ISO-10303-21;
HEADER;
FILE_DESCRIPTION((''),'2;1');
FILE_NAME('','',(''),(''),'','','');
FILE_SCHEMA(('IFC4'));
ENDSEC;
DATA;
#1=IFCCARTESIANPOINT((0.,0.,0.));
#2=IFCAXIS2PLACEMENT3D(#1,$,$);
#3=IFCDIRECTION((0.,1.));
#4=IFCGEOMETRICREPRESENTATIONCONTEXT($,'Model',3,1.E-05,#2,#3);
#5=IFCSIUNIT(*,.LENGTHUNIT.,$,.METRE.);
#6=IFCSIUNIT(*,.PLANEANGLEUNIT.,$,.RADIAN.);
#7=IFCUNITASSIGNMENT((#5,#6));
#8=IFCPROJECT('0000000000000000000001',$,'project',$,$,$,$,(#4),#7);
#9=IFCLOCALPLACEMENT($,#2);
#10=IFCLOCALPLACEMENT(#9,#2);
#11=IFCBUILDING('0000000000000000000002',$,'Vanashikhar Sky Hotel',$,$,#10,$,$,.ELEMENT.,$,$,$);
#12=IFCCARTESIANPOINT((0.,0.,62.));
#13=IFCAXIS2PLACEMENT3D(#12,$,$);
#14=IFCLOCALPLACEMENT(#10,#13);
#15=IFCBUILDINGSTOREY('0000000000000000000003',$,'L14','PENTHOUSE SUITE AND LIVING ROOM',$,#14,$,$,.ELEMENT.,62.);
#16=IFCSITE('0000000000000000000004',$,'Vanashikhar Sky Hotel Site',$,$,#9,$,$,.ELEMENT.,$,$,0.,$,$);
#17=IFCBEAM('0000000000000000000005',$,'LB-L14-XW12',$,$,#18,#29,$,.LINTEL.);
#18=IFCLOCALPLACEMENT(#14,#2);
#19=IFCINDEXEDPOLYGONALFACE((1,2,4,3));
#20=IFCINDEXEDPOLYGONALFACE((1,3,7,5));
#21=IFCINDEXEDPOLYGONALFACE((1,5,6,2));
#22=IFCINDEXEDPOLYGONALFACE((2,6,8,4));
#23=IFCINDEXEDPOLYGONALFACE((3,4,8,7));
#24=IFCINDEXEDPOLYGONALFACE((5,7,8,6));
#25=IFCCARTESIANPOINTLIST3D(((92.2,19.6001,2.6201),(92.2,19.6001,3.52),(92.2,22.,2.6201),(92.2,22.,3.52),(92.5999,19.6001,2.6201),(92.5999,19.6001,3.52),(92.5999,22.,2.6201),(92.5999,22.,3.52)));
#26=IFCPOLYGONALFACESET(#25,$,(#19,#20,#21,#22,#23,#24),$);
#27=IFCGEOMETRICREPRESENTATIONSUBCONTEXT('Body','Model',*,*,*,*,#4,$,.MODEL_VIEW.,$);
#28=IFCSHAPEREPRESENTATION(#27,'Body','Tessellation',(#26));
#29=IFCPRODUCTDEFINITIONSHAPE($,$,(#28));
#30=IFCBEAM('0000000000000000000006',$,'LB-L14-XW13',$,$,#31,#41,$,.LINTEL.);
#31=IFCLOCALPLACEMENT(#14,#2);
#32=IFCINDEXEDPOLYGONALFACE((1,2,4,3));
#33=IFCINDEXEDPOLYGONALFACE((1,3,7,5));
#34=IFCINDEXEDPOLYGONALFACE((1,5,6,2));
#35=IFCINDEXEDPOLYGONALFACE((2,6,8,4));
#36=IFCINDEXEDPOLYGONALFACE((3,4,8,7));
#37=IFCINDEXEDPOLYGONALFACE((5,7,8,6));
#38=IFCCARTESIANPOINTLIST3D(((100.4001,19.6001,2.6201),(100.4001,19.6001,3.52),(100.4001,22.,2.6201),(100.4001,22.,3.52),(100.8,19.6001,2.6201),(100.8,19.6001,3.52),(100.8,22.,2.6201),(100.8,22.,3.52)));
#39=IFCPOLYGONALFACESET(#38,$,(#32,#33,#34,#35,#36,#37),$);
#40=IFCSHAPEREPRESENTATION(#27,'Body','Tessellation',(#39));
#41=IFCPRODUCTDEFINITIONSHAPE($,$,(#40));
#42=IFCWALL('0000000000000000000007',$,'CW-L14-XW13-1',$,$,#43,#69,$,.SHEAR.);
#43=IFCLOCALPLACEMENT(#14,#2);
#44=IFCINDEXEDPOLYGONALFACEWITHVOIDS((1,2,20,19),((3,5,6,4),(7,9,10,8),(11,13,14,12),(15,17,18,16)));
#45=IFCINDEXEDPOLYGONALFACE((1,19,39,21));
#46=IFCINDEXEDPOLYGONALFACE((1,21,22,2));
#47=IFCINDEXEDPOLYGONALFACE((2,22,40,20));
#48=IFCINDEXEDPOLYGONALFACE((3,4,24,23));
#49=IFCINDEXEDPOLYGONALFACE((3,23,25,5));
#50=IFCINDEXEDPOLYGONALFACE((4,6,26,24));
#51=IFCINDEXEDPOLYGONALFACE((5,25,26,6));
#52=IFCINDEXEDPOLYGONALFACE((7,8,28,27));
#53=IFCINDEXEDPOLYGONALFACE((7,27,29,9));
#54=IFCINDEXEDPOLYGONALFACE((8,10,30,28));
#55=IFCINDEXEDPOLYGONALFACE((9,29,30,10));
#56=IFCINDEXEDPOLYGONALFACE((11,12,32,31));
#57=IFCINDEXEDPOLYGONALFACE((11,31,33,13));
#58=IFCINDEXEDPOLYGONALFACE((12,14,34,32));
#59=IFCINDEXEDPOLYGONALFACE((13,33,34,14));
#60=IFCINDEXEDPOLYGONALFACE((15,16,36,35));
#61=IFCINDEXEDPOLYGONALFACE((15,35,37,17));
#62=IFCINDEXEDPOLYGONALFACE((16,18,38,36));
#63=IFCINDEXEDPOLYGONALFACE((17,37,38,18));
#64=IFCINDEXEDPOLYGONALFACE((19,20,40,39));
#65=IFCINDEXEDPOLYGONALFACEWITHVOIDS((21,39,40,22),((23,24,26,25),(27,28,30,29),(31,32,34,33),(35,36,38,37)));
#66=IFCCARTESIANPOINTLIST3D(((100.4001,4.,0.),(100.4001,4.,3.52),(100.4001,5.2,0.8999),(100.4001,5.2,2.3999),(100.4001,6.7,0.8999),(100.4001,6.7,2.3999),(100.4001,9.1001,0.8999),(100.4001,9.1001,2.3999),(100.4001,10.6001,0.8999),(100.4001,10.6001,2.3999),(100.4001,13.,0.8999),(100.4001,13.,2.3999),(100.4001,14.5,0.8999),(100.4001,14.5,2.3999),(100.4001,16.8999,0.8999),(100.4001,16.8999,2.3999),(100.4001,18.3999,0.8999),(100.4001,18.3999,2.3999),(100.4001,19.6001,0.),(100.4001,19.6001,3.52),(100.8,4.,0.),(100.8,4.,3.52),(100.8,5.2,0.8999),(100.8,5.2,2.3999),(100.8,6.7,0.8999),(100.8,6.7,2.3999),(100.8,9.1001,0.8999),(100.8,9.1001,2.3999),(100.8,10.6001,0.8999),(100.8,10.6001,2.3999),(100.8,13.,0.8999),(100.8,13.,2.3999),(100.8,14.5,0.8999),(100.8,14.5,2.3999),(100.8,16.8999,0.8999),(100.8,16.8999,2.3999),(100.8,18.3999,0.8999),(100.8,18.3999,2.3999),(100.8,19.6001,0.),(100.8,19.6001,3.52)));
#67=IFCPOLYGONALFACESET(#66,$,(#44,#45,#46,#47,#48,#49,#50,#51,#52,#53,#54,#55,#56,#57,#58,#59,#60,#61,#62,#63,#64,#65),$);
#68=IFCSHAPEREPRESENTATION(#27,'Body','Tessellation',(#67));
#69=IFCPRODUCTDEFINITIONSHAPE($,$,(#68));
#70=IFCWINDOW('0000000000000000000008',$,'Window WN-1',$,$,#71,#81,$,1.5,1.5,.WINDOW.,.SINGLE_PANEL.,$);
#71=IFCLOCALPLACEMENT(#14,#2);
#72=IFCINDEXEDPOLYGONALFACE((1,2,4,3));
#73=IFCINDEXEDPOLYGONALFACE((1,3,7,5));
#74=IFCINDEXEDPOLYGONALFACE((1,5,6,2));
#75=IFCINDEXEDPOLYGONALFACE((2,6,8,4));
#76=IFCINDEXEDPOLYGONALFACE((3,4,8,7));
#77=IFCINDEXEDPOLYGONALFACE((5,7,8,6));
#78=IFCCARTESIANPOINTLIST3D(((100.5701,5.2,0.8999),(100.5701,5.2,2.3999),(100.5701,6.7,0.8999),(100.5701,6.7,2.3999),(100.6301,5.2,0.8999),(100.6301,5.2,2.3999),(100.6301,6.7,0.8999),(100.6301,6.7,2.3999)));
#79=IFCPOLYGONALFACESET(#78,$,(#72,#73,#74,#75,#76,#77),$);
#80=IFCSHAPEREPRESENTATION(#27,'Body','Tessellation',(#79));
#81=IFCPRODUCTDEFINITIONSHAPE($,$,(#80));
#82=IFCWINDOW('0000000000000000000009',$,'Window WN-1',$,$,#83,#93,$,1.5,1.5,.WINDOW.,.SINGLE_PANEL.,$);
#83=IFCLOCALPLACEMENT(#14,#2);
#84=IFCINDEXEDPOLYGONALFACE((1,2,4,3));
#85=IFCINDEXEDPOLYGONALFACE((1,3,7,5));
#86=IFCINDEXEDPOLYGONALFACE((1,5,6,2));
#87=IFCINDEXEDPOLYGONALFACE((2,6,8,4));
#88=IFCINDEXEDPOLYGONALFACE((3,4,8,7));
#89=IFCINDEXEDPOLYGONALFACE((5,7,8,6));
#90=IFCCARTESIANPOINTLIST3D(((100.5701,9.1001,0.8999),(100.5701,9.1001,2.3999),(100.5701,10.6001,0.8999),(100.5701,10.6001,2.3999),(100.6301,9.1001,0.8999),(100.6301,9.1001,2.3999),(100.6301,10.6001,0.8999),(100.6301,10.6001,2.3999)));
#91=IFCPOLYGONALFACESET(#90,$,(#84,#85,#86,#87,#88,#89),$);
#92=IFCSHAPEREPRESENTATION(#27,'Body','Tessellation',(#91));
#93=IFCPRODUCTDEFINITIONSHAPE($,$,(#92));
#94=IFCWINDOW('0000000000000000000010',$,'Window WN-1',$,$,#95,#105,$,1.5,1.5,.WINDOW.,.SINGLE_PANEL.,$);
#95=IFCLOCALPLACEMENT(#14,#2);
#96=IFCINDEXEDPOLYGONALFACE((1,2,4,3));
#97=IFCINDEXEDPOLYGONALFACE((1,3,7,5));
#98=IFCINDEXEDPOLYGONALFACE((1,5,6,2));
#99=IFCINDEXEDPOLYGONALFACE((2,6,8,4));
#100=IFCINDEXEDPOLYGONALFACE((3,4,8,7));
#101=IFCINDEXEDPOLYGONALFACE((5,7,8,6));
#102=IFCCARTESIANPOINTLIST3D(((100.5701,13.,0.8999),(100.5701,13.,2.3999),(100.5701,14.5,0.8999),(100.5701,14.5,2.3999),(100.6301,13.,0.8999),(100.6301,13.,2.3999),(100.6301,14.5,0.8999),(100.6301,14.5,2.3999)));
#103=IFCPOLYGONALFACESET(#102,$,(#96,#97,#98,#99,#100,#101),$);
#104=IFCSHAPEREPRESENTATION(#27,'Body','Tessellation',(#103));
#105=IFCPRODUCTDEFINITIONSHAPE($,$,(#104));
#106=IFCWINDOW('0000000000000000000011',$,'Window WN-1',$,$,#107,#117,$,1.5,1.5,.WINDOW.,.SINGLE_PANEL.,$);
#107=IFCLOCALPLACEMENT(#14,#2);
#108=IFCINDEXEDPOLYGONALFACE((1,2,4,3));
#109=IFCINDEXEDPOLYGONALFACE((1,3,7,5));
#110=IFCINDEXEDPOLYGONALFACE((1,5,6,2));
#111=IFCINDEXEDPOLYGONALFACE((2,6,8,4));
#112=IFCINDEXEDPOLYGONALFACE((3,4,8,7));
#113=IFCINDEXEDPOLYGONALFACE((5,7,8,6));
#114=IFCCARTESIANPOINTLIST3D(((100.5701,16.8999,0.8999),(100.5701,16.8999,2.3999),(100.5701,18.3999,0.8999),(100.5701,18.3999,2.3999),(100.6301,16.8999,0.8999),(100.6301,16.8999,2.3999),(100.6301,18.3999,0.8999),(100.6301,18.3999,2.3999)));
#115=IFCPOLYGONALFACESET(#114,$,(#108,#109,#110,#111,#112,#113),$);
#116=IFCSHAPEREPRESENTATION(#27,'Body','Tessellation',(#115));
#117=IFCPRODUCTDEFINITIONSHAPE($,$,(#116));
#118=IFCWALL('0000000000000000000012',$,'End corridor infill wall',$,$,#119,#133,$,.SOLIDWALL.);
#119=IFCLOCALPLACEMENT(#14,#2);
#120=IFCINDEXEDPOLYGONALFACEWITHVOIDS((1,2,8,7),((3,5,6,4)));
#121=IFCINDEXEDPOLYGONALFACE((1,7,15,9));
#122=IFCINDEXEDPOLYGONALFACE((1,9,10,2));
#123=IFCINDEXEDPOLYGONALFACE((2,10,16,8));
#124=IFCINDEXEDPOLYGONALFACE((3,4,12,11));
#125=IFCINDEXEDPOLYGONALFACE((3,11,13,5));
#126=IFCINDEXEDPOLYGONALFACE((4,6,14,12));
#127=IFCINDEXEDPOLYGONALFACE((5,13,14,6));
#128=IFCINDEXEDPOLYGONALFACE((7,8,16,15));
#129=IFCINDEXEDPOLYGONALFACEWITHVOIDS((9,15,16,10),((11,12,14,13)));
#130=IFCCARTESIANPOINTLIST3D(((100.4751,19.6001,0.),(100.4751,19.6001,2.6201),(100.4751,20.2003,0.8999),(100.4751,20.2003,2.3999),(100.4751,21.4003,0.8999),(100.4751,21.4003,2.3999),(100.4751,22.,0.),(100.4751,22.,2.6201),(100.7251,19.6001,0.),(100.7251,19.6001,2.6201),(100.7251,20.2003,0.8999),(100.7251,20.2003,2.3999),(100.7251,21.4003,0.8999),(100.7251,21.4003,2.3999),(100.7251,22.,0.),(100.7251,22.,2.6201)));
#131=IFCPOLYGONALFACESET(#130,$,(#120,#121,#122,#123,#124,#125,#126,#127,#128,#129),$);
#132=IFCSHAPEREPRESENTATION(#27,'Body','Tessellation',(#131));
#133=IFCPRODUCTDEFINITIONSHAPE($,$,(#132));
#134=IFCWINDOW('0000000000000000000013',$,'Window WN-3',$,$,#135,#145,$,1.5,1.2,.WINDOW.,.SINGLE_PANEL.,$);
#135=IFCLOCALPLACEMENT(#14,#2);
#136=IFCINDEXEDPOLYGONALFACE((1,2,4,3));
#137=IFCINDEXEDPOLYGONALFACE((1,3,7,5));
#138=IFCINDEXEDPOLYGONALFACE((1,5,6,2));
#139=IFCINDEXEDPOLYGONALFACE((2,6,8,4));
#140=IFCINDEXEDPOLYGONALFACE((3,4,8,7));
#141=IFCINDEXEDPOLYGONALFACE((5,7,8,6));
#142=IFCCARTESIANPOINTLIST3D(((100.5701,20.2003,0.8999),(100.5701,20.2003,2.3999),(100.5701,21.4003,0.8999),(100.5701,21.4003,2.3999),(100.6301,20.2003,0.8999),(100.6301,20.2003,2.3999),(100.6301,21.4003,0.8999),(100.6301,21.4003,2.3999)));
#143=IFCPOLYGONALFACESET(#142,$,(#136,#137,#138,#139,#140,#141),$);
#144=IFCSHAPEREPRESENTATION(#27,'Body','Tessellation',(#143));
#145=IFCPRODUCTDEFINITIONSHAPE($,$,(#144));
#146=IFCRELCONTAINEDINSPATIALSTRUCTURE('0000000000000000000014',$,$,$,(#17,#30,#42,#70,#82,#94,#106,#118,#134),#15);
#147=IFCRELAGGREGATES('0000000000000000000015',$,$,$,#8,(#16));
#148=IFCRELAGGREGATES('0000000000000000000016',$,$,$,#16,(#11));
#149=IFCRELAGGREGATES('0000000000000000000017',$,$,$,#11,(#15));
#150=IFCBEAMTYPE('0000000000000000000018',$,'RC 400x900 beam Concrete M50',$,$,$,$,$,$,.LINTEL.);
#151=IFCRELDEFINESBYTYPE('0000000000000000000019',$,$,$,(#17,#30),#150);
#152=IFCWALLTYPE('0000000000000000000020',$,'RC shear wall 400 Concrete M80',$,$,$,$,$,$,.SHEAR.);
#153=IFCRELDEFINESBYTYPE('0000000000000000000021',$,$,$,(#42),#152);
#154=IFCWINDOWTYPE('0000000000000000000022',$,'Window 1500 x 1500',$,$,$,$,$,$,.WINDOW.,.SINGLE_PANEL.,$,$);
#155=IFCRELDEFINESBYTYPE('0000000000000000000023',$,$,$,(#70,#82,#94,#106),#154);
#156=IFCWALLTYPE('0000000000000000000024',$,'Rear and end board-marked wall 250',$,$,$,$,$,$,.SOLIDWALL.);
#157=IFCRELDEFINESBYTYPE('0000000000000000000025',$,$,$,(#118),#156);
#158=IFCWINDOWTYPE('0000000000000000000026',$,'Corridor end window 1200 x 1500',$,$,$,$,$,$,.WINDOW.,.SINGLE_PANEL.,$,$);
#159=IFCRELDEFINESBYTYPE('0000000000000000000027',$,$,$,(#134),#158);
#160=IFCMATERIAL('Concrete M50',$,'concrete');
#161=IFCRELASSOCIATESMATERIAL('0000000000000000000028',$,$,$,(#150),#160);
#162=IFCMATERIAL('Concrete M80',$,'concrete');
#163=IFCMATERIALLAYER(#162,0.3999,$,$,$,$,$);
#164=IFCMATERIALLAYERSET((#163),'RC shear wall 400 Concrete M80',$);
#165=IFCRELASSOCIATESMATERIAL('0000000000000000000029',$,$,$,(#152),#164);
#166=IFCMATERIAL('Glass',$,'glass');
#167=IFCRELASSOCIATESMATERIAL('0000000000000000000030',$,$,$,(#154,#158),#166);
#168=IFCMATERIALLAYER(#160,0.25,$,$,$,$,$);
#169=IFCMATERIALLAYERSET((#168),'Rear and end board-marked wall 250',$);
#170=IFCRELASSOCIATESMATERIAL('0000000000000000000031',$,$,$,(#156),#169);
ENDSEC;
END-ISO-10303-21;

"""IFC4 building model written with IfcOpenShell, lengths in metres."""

from ifc_helpers import new_model, si_unit, direction, frame, frame_2d, origin, origin_2d, place, context, subcontext, project, spatial, rectangle, extrude, source, transform, mapped, material, layer, layer_set, material_profile, profile_set, type_object, element, fill, save


model = new_model("IFC4")

# Units and contexts
model_context = context("Model", 3, precision=1e-05, world=origin(), true_north=direction((0.0, 1.0)))
body_context = subcontext(model_context, "Body", "Model", "MODEL_VIEW")
ifc_project = project(units=[si_unit("LENGTHUNIT", "METRE"), si_unit("PLANEANGLEUNIT", "RADIAN")], contexts=[model_context])

# Site, building, storey
site_placement = place(None, origin())
site = spatial("IfcSite", under=ifc_project, at=site_placement, Name="Vanashikhar Sky Hotel Site", CompositionType="ELEMENT", RefElevation=0.0)
building_placement = place(site_placement, origin())
building = spatial("IfcBuilding", under=site, at=building_placement, Name="Vanashikhar Sky Hotel", CompositionType="ELEMENT")
storey_placement = place(building_placement, frame((0.0, 0.0, 62.0)))
storey = spatial("IfcBuildingStorey", under=building, at=storey_placement, Name="L14", Description="PENTHOUSE SUITE AND LIVING ROOM", CompositionType="ELEMENT", Elevation=62.0)

# Beams
ifc_material_1 = material(Name="Concrete M50", Category="concrete")
ifc_material_profile = material_profile(ifc_material_1, rectangle(XDim=0.3999, YDim=0.8999, at=origin_2d()))
ifc_profile_set = profile_set([ifc_material_profile], Name="RC 400x900 beam Concrete M50")
beam_type = type_object("IfcBeamType", Name="RC 400x900 beam Concrete M50", PredefinedType="LINTEL", material=ifc_profile_set)
shared_shape_1 = source(origin(), body_context, "Body", "SweptSolid", [
    extrude(rectangle(XDim=0.3999, YDim=0.8999, at=origin_2d()), origin(), (0.0, 0.0, 1.0), 2.3999),
])
for number, where, z_axis, x_axis, name in (
    (1, (92.3999, 19.6001, 3.0701), (0.0, 1.0, 0.0), (-1.0, 0.0, 0.0), "LB-L14-XW12"),
    (2, (100.6001, 19.6001, 3.0701), (0.0, 1.0, 0.0), (-1.0, 0.0, 0.0), "LB-L14-XW13"),
):
    element("IfcBeam", number, at=place(storey_placement, frame(where, z_axis=z_axis, x_axis=x_axis)), inside=storey, type_object=beam_type, Name=name, PredefinedType="LINTEL", context=body_context, shape_type="MappedRepresentation", body=[
        mapped(shared_shape_1, transform((0.0, 0.0, 0.0), scale=1.0)),
    ])

# Wall, openings, windows
ifc_material_2 = material(Name="Concrete M80", Category="concrete")
ifc_layer_1 = layer(ifc_material_2, 0.3999)
ifc_layer_set_1 = layer_set([ifc_layer_1], Name="RC shear wall 400 Concrete M80")
wall_type_1 = type_object("IfcWallType", Name="RC shear wall 400 Concrete M80", PredefinedType="SHEAR", material=ifc_layer_set_1)
shared_shape_2 = source(origin(), body_context, "Body", "SweptSolid", [
    extrude(rectangle(XDim=15.6001, YDim=0.3999, at=frame_2d((7.8, 0.0))), origin(), (0.0, 0.0, 1.0), 3.52),
])
wall_1_placement = place(storey_placement, frame((100.6001, 4.0, 0.0), z_axis=(0.0, 0.0, 1.0), x_axis=(0.0, 1.0, 0.0)))
wall_1 = element("IfcWall", 3, at=wall_1_placement, inside=storey, type_object=wall_type_1, Name="CW-L14-XW13-1", PredefinedType="SHEAR", context=body_context, shape_type="MappedRepresentation", body=[
    mapped(shared_shape_2, transform((0.0, 0.0, 0.0), scale=1.0)),
])
shared_shape_3 = source(origin(), body_context, "Body", "SweptSolid", [
    extrude(rectangle(XDim=1.5, YDim=1.5, at=frame_2d((0.75, 0.75))), frame((0.0, 0.21, 0.0), z_axis=(0.0, -1.0, 0.0), x_axis=(1.0, 0.0, 0.0)), (0.0, 0.0, 1.0), 0.4199),
])
opening_1_placement = place(wall_1_placement, frame((1.2, 0.0, 0.8999)))
opening_1 = element("IfcOpeningElement", 4, at=opening_1_placement, cuts=wall_1, PredefinedType="OPENING", context=body_context, shape_type="MappedRepresentation", body=[
    mapped(shared_shape_3, transform((0.0, 0.0, 0.0), scale=1.0)),
])
opening_2_placement = place(wall_1_placement, frame((5.1001, 0.0, 0.8999)))
opening_2 = element("IfcOpeningElement", 5, at=opening_2_placement, cuts=wall_1, PredefinedType="OPENING", context=body_context, shape_type="MappedRepresentation", body=[
    mapped(shared_shape_3, transform((0.0, 0.0, 0.0), scale=1.0)),
])
opening_3_placement = place(wall_1_placement, frame((9.0, 0.0, 0.8999)))
opening_3 = element("IfcOpeningElement", 6, at=opening_3_placement, cuts=wall_1, PredefinedType="OPENING", context=body_context, shape_type="MappedRepresentation", body=[
    mapped(shared_shape_3, transform((0.0, 0.0, 0.0), scale=1.0)),
])
opening_4_placement = place(wall_1_placement, frame((12.8999, 0.0, 0.8999)))
opening_4 = element("IfcOpeningElement", 7, at=opening_4_placement, cuts=wall_1, PredefinedType="OPENING", context=body_context, shape_type="MappedRepresentation", body=[
    mapped(shared_shape_3, transform((0.0, 0.0, 0.0), scale=1.0)),
])
ifc_material_3 = material(Name="Glass", Category="glass")
window_type_1 = type_object("IfcWindowType", Name="Window 1500 x 1500", PartitioningType="SINGLE_PANEL", PredefinedType="WINDOW", material=ifc_material_3)
shared_shape_4 = source(origin(), body_context, "Body", "SweptSolid", [
    extrude(rectangle(XDim=1.5, YDim=1.5, at=frame_2d((0.75, 0.75))), frame((0.0, 0.03, 0.0), z_axis=(0.0, -1.0, 0.0), x_axis=(1.0, 0.0, 0.0)), (0.0, 0.0, 1.0), 0.0601),
])
window_1_placement = place(opening_1_placement, origin())
window_1 = element("IfcWindow", 8, at=window_1_placement, inside=storey, type_object=window_type_1, Name="Window WN-1", OverallHeight=1.5, OverallWidth=1.5, PartitioningType="SINGLE_PANEL", PredefinedType="WINDOW", context=body_context, shape_type="MappedRepresentation", body=[
    mapped(shared_shape_4, transform((0.0, 0.0, 0.0), scale=1.0)),
])
fill(opening_1, window_1)
window_2_placement = place(opening_2_placement, origin())
window_2 = element("IfcWindow", 9, at=window_2_placement, inside=storey, type_object=window_type_1, Name="Window WN-1", OverallHeight=1.5, OverallWidth=1.5, PartitioningType="SINGLE_PANEL", PredefinedType="WINDOW", context=body_context, shape_type="MappedRepresentation", body=[
    mapped(shared_shape_4, transform((0.0, 0.0, 0.0), scale=1.0)),
])
fill(opening_2, window_2)
window_3_placement = place(opening_3_placement, origin())
window_3 = element("IfcWindow", 10, at=window_3_placement, inside=storey, type_object=window_type_1, Name="Window WN-1", OverallHeight=1.5, OverallWidth=1.5, PartitioningType="SINGLE_PANEL", PredefinedType="WINDOW", context=body_context, shape_type="MappedRepresentation", body=[
    mapped(shared_shape_4, transform((0.0, 0.0, 0.0), scale=1.0)),
])
fill(opening_3, window_3)
window_4_placement = place(opening_4_placement, origin())
window_4 = element("IfcWindow", 11, at=window_4_placement, inside=storey, type_object=window_type_1, Name="Window WN-1", OverallHeight=1.5, OverallWidth=1.5, PartitioningType="SINGLE_PANEL", PredefinedType="WINDOW", context=body_context, shape_type="MappedRepresentation", body=[
    mapped(shared_shape_4, transform((0.0, 0.0, 0.0), scale=1.0)),
])
fill(opening_4, window_4)

# Wall, opening, window
ifc_layer_2 = layer(ifc_material_1, 0.25)
ifc_layer_set_2 = layer_set([ifc_layer_2], Name="Rear and end board-marked wall 250")
wall_type_2 = type_object("IfcWallType", Name="Rear and end board-marked wall 250", PredefinedType="SOLIDWALL", material=ifc_layer_set_2)
shared_shape_5 = source(origin(), body_context, "Body", "SweptSolid", [
    extrude(rectangle(XDim=2.3999, YDim=0.25, at=frame_2d((1.2, 0.0))), origin(), (0.0, 0.0, 1.0), 2.6201),
])
wall_2_placement = place(storey_placement, frame((100.6001, 19.6001, 0.0), z_axis=(0.0, 0.0, 1.0), x_axis=(0.0, 1.0, 0.0)))
wall_2 = element("IfcWall", 12, at=wall_2_placement, inside=storey, type_object=wall_type_2, Name="End corridor infill wall", PredefinedType="SOLIDWALL", context=body_context, shape_type="MappedRepresentation", body=[
    mapped(shared_shape_5, transform((0.0, 0.0, 0.0), scale=1.0)),
])
shared_shape_6 = source(origin(), body_context, "Body", "SweptSolid", [
    extrude(rectangle(XDim=1.2, YDim=1.5, at=frame_2d((0.6001, 0.75))), frame((0.0, 0.135, 0.0), z_axis=(0.0, -1.0, 0.0), x_axis=(1.0, 0.0, 0.0)), (0.0, 0.0, 1.0), 0.27),
])
opening_5_placement = place(wall_2_placement, frame((0.6001, 0.0, 0.8999)))
opening_5 = element("IfcOpeningElement", 13, at=opening_5_placement, cuts=wall_2, PredefinedType="OPENING", context=body_context, shape_type="MappedRepresentation", body=[
    mapped(shared_shape_6, transform((0.0, 0.0, 0.0), scale=1.0)),
])
window_type_2 = type_object("IfcWindowType", Name="Corridor end window 1200 x 1500", PartitioningType="SINGLE_PANEL", PredefinedType="WINDOW", material=ifc_material_3)
shared_shape_7 = source(origin(), body_context, "Body", "SweptSolid", [
    extrude(rectangle(XDim=1.2, YDim=1.5, at=frame_2d((0.6001, 0.75))), frame((0.0, 0.03, 0.0), z_axis=(0.0, -1.0, 0.0), x_axis=(1.0, 0.0, 0.0)), (0.0, 0.0, 1.0), 0.0601),
])
window_5_placement = place(opening_5_placement, origin())
window_5 = element("IfcWindow", 14, at=window_5_placement, inside=storey, type_object=window_type_2, Name="Window WN-3", OverallHeight=1.5, OverallWidth=1.2, PartitioningType="SINGLE_PANEL", PredefinedType="WINDOW", context=body_context, shape_type="MappedRepresentation", body=[
    mapped(shared_shape_7, transform((0.0, 0.0, 0.0), scale=1.0)),
])
fill(opening_5, window_5)

save(model, "model.ifc")
